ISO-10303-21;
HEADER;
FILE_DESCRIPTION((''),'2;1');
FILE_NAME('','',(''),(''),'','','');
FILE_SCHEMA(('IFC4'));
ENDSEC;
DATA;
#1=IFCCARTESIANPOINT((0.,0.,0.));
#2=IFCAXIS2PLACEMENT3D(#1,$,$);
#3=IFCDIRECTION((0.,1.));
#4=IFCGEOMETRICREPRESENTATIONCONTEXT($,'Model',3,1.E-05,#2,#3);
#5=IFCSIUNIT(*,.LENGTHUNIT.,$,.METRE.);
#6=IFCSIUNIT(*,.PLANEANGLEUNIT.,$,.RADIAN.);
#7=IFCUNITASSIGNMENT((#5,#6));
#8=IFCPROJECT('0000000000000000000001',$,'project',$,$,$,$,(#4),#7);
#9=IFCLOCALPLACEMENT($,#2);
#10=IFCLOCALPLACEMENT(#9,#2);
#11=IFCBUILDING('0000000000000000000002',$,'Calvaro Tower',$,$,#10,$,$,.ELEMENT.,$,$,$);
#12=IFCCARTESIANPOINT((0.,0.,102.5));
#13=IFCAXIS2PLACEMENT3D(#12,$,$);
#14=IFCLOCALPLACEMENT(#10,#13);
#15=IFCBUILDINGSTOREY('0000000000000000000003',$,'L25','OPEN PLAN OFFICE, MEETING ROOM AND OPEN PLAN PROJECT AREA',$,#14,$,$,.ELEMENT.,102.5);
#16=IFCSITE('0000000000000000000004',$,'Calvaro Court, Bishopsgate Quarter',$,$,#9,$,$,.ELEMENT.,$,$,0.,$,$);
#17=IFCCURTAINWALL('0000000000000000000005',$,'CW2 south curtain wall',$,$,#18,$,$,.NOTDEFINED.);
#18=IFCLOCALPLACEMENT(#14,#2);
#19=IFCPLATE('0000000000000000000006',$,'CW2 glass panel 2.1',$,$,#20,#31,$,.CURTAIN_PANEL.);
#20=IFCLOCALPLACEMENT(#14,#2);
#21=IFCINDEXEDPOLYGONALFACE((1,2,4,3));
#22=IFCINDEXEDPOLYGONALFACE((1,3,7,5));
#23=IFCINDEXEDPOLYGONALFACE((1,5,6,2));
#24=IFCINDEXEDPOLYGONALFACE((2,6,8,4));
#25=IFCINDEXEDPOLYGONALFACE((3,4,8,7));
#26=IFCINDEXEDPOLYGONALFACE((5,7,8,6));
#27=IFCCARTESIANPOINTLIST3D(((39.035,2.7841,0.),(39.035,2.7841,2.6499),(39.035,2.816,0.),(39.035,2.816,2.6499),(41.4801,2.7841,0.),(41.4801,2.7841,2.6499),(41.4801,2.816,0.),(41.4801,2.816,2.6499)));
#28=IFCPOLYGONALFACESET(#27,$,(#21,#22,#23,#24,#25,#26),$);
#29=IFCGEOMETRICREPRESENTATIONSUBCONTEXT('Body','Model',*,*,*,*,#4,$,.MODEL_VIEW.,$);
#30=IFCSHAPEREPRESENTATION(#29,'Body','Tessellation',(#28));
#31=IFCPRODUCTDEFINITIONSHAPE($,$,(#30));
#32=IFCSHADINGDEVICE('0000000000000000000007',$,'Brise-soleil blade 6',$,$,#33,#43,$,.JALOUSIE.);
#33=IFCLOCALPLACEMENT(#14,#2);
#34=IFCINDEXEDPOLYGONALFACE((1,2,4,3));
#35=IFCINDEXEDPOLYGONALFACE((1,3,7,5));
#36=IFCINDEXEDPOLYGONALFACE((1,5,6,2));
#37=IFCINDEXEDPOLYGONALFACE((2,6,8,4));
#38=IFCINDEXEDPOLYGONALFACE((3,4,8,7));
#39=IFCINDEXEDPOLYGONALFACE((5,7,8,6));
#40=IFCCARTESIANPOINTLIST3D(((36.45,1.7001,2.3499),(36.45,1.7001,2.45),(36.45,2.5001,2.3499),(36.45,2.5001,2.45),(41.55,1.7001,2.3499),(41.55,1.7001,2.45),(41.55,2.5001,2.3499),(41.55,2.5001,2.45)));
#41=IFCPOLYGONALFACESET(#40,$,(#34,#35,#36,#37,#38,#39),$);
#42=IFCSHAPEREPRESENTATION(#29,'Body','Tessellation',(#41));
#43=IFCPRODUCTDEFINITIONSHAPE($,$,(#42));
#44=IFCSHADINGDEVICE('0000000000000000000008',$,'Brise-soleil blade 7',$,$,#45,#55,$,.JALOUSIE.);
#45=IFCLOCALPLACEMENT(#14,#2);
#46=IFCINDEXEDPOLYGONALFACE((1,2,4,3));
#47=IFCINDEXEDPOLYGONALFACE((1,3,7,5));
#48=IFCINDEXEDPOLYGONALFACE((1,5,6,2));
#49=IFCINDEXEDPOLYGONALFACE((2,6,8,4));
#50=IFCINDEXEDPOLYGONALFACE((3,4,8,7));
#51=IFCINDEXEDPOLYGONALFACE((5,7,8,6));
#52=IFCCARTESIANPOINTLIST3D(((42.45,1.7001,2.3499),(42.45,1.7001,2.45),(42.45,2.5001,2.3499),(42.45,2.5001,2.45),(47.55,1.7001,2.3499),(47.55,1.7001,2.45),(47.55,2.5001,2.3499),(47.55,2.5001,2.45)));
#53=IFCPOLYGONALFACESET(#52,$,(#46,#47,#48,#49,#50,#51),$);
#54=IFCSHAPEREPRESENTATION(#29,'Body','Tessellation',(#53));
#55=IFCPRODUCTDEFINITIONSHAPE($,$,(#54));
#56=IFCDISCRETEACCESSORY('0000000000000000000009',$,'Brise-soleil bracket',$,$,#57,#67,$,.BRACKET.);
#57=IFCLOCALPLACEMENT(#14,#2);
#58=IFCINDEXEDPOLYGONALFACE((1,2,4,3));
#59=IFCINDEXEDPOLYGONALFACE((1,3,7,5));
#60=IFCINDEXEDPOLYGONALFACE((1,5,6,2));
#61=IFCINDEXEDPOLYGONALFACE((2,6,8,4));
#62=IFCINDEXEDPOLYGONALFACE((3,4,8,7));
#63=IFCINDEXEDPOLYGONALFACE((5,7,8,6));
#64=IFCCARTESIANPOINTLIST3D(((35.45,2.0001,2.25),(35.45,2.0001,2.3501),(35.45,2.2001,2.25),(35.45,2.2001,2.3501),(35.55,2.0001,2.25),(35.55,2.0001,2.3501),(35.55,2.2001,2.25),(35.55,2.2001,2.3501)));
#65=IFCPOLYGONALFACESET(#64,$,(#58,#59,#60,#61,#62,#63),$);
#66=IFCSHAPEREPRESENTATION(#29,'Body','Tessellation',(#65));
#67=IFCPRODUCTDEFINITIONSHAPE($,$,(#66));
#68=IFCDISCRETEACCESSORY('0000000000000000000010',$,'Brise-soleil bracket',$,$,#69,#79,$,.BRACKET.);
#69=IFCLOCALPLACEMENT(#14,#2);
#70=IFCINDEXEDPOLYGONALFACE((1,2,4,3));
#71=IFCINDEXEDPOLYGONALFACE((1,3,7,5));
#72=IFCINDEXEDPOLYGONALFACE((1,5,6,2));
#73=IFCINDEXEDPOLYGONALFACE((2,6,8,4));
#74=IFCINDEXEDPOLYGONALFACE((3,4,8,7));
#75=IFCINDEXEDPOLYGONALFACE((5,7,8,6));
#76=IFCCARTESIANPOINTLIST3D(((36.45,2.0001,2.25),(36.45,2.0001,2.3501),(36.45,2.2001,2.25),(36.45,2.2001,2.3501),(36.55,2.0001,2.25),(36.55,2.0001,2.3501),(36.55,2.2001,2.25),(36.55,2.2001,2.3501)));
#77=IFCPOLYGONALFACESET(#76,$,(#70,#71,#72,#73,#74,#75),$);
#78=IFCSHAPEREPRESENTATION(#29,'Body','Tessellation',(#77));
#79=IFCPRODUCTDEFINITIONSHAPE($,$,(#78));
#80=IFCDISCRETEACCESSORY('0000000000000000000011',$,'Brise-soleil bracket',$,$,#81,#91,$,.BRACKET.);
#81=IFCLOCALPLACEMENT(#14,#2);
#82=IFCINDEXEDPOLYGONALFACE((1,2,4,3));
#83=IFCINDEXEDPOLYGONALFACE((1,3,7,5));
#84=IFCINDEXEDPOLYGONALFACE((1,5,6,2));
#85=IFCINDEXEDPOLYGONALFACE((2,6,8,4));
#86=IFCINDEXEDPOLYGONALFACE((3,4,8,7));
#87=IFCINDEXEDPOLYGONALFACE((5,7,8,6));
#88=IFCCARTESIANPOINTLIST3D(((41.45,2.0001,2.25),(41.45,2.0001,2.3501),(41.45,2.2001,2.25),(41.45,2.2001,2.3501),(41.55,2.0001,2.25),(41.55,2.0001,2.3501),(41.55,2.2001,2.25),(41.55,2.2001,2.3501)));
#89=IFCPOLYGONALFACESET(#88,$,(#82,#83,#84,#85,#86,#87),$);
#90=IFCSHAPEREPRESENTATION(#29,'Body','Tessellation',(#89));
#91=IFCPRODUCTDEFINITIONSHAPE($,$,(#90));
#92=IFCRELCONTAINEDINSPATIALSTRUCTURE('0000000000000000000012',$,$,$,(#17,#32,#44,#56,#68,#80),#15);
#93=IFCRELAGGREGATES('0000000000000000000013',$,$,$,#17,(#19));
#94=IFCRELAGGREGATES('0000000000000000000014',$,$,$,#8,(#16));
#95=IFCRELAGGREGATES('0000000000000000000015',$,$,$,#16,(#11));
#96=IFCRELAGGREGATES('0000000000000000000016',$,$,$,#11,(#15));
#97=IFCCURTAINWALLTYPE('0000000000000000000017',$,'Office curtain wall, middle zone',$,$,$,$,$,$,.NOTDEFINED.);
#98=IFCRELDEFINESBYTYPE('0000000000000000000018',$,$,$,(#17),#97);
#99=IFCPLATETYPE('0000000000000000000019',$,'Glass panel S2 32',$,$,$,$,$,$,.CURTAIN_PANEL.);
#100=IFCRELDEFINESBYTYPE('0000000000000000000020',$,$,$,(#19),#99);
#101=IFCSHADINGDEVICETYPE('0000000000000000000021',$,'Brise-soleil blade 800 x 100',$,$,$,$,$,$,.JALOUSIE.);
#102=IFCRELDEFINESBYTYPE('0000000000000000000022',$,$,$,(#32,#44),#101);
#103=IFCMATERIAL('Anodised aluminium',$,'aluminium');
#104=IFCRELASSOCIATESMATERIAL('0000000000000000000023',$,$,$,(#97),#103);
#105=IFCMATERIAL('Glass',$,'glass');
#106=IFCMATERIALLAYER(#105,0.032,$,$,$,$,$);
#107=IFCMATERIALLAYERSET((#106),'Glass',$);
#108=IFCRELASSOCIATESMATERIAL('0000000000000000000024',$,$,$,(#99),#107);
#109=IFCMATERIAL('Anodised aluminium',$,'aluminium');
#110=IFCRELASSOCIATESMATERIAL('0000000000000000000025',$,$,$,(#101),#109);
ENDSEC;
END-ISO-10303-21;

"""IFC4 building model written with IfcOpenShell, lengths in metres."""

from ifc_helpers import new_model, si_unit, direction, frame, origin, origin_2d, place, context, subcontext, project, spatial, rectangle, extrude, material, layer, layer_set, material_profile, profile_set, type_object, element, aggregate, save


model = new_model("IFC4")

# Units and contexts
model_context = context("Model", 3, precision=1e-05, world=origin(), true_north=direction((0.0, 1.0)))
body_context = subcontext(model_context, "Body", "Model", "MODEL_VIEW")
ifc_project = project(units=[si_unit("LENGTHUNIT", "METRE"), si_unit("PLANEANGLEUNIT", "RADIAN")], contexts=[model_context])

# Site, building, storey
site_placement = place(None, origin())
site = spatial("IfcSite", under=ifc_project, at=site_placement, Name="Calvaro Court, Bishopsgate Quarter", CompositionType="ELEMENT", RefElevation=0.0)
building_placement = place(site_placement, origin())
building = spatial("IfcBuilding", under=site, at=building_placement, Name="Calvaro Tower", CompositionType="ELEMENT")
storey_placement = place(building_placement, frame((0.0, 0.0, 102.5)))
storey = spatial("IfcBuildingStorey", under=building, at=storey_placement, Name="L25", Description="OPEN PLAN OFFICE, MEETING ROOM AND OPEN PLAN PROJECT AREA", CompositionType="ELEMENT", Elevation=102.5)

# Shared definitions
ifc_material_1 = material(Name="Anodised aluminium", Category="aluminium")
curtain_wall_type = type_object("IfcCurtainWallType", Name="Office curtain wall, middle zone", PredefinedType="NOTDEFINED", material=ifc_material_1)

# Curtain wall
curtain_wall_1_placement = place(storey_placement, origin())
curtain_wall_1 = element("IfcCurtainWall", 1, at=curtain_wall_1_placement, inside=storey, type_object=curtain_wall_type, Name="CW2 south curtain wall", PredefinedType="NOTDEFINED")

# Plate
ifc_material_2 = material(Name="Glass", Category="glass")
ifc_layer = layer(ifc_material_2, 0.032)
ifc_layer_set = layer_set([ifc_layer], Name="Glass")
plate_type = type_object("IfcPlateType", Name="Glass panel S2 32", PredefinedType="CURTAIN_PANEL", material=ifc_layer_set)
plate_1_placement = place(storey_placement, frame((40.2576, 2.8, 0.0), z_axis=(0.0, 0.0, 1.0), x_axis=(1.0, 0.0, 0.0)))
plate_1 = element("IfcPlate", 2, at=plate_1_placement, type_object=plate_type, Name="CW2 glass panel 2.1", PredefinedType="CURTAIN_PANEL", context=body_context, shape_type="SweptSolid", body=[
    extrude(rectangle(XDim=2.4451, YDim=0.032, at=origin_2d()), origin(), (0.0, 0.0, 1.0), 2.6499),
])
aggregate(curtain_wall_1, [plate_1])

# Shading devices
ifc_material_3 = material(Name="Anodised aluminium", Category="aluminium")
ifc_material_profile_1 = material_profile(ifc_material_3, rectangle(XDim=0.8, YDim=0.1001, at=origin_2d()), Name="Brise-soleil blade 800 x 100")
ifc_profile_set_1 = profile_set([ifc_material_profile_1], Name="Anodised aluminium")
shading_device_type = type_object("IfcShadingDeviceType", Name="Brise-soleil blade 800 x 100", PredefinedType="JALOUSIE", material=ifc_profile_set_1)
for number, where, z_axis, x_axis, name in (
    (3, (36.45, 2.1001, 2.3999), (1.0, 0.0, 0.0), (0.0, 1.0, 0.0), "Brise-soleil blade 6"),
    (4, (42.45, 2.1001, 2.3999), (1.0, 0.0, 0.0), (0.0, 1.0, 0.0), "Brise-soleil blade 7"),
):
    element("IfcShadingDevice", number, at=place(storey_placement, frame(where, z_axis=z_axis, x_axis=x_axis)), inside=storey, type_object=shading_device_type, Name=name, PredefinedType="JALOUSIE", context=body_context, shape_type="SweptSolid", body=[
        extrude(rectangle(XDim=0.8, YDim=0.1001, at=origin_2d()), origin(), (0.0, 0.0, 1.0), 5.1001),
    ])

# Discrete accessories
for number, where, z_axis, x_axis, name in (
    (5, (35.5, 2.1001, 2.25), (0.0, 0.0, 1.0), (1.0, 0.0, 0.0), "Brise-soleil bracket"),
    (6, (36.5, 2.1001, 2.25), (0.0, 0.0, 1.0), (1.0, 0.0, 0.0), "Brise-soleil bracket"),
    (7, (41.5, 2.1001, 2.25), (0.0, 0.0, 1.0), (1.0, 0.0, 0.0), "Brise-soleil bracket"),
):
    element("IfcDiscreteAccessory", number, at=place(storey_placement, frame(where, z_axis=z_axis, x_axis=x_axis)), inside=storey, Name=name, PredefinedType="BRACKET", context=body_context, shape_type="SweptSolid", body=[
        extrude(rectangle(XDim=0.1001, YDim=0.2, at=origin_2d()), origin(), (0.0, 0.0, 1.0), 0.1001),
    ])

save(model, "model.ifc")
